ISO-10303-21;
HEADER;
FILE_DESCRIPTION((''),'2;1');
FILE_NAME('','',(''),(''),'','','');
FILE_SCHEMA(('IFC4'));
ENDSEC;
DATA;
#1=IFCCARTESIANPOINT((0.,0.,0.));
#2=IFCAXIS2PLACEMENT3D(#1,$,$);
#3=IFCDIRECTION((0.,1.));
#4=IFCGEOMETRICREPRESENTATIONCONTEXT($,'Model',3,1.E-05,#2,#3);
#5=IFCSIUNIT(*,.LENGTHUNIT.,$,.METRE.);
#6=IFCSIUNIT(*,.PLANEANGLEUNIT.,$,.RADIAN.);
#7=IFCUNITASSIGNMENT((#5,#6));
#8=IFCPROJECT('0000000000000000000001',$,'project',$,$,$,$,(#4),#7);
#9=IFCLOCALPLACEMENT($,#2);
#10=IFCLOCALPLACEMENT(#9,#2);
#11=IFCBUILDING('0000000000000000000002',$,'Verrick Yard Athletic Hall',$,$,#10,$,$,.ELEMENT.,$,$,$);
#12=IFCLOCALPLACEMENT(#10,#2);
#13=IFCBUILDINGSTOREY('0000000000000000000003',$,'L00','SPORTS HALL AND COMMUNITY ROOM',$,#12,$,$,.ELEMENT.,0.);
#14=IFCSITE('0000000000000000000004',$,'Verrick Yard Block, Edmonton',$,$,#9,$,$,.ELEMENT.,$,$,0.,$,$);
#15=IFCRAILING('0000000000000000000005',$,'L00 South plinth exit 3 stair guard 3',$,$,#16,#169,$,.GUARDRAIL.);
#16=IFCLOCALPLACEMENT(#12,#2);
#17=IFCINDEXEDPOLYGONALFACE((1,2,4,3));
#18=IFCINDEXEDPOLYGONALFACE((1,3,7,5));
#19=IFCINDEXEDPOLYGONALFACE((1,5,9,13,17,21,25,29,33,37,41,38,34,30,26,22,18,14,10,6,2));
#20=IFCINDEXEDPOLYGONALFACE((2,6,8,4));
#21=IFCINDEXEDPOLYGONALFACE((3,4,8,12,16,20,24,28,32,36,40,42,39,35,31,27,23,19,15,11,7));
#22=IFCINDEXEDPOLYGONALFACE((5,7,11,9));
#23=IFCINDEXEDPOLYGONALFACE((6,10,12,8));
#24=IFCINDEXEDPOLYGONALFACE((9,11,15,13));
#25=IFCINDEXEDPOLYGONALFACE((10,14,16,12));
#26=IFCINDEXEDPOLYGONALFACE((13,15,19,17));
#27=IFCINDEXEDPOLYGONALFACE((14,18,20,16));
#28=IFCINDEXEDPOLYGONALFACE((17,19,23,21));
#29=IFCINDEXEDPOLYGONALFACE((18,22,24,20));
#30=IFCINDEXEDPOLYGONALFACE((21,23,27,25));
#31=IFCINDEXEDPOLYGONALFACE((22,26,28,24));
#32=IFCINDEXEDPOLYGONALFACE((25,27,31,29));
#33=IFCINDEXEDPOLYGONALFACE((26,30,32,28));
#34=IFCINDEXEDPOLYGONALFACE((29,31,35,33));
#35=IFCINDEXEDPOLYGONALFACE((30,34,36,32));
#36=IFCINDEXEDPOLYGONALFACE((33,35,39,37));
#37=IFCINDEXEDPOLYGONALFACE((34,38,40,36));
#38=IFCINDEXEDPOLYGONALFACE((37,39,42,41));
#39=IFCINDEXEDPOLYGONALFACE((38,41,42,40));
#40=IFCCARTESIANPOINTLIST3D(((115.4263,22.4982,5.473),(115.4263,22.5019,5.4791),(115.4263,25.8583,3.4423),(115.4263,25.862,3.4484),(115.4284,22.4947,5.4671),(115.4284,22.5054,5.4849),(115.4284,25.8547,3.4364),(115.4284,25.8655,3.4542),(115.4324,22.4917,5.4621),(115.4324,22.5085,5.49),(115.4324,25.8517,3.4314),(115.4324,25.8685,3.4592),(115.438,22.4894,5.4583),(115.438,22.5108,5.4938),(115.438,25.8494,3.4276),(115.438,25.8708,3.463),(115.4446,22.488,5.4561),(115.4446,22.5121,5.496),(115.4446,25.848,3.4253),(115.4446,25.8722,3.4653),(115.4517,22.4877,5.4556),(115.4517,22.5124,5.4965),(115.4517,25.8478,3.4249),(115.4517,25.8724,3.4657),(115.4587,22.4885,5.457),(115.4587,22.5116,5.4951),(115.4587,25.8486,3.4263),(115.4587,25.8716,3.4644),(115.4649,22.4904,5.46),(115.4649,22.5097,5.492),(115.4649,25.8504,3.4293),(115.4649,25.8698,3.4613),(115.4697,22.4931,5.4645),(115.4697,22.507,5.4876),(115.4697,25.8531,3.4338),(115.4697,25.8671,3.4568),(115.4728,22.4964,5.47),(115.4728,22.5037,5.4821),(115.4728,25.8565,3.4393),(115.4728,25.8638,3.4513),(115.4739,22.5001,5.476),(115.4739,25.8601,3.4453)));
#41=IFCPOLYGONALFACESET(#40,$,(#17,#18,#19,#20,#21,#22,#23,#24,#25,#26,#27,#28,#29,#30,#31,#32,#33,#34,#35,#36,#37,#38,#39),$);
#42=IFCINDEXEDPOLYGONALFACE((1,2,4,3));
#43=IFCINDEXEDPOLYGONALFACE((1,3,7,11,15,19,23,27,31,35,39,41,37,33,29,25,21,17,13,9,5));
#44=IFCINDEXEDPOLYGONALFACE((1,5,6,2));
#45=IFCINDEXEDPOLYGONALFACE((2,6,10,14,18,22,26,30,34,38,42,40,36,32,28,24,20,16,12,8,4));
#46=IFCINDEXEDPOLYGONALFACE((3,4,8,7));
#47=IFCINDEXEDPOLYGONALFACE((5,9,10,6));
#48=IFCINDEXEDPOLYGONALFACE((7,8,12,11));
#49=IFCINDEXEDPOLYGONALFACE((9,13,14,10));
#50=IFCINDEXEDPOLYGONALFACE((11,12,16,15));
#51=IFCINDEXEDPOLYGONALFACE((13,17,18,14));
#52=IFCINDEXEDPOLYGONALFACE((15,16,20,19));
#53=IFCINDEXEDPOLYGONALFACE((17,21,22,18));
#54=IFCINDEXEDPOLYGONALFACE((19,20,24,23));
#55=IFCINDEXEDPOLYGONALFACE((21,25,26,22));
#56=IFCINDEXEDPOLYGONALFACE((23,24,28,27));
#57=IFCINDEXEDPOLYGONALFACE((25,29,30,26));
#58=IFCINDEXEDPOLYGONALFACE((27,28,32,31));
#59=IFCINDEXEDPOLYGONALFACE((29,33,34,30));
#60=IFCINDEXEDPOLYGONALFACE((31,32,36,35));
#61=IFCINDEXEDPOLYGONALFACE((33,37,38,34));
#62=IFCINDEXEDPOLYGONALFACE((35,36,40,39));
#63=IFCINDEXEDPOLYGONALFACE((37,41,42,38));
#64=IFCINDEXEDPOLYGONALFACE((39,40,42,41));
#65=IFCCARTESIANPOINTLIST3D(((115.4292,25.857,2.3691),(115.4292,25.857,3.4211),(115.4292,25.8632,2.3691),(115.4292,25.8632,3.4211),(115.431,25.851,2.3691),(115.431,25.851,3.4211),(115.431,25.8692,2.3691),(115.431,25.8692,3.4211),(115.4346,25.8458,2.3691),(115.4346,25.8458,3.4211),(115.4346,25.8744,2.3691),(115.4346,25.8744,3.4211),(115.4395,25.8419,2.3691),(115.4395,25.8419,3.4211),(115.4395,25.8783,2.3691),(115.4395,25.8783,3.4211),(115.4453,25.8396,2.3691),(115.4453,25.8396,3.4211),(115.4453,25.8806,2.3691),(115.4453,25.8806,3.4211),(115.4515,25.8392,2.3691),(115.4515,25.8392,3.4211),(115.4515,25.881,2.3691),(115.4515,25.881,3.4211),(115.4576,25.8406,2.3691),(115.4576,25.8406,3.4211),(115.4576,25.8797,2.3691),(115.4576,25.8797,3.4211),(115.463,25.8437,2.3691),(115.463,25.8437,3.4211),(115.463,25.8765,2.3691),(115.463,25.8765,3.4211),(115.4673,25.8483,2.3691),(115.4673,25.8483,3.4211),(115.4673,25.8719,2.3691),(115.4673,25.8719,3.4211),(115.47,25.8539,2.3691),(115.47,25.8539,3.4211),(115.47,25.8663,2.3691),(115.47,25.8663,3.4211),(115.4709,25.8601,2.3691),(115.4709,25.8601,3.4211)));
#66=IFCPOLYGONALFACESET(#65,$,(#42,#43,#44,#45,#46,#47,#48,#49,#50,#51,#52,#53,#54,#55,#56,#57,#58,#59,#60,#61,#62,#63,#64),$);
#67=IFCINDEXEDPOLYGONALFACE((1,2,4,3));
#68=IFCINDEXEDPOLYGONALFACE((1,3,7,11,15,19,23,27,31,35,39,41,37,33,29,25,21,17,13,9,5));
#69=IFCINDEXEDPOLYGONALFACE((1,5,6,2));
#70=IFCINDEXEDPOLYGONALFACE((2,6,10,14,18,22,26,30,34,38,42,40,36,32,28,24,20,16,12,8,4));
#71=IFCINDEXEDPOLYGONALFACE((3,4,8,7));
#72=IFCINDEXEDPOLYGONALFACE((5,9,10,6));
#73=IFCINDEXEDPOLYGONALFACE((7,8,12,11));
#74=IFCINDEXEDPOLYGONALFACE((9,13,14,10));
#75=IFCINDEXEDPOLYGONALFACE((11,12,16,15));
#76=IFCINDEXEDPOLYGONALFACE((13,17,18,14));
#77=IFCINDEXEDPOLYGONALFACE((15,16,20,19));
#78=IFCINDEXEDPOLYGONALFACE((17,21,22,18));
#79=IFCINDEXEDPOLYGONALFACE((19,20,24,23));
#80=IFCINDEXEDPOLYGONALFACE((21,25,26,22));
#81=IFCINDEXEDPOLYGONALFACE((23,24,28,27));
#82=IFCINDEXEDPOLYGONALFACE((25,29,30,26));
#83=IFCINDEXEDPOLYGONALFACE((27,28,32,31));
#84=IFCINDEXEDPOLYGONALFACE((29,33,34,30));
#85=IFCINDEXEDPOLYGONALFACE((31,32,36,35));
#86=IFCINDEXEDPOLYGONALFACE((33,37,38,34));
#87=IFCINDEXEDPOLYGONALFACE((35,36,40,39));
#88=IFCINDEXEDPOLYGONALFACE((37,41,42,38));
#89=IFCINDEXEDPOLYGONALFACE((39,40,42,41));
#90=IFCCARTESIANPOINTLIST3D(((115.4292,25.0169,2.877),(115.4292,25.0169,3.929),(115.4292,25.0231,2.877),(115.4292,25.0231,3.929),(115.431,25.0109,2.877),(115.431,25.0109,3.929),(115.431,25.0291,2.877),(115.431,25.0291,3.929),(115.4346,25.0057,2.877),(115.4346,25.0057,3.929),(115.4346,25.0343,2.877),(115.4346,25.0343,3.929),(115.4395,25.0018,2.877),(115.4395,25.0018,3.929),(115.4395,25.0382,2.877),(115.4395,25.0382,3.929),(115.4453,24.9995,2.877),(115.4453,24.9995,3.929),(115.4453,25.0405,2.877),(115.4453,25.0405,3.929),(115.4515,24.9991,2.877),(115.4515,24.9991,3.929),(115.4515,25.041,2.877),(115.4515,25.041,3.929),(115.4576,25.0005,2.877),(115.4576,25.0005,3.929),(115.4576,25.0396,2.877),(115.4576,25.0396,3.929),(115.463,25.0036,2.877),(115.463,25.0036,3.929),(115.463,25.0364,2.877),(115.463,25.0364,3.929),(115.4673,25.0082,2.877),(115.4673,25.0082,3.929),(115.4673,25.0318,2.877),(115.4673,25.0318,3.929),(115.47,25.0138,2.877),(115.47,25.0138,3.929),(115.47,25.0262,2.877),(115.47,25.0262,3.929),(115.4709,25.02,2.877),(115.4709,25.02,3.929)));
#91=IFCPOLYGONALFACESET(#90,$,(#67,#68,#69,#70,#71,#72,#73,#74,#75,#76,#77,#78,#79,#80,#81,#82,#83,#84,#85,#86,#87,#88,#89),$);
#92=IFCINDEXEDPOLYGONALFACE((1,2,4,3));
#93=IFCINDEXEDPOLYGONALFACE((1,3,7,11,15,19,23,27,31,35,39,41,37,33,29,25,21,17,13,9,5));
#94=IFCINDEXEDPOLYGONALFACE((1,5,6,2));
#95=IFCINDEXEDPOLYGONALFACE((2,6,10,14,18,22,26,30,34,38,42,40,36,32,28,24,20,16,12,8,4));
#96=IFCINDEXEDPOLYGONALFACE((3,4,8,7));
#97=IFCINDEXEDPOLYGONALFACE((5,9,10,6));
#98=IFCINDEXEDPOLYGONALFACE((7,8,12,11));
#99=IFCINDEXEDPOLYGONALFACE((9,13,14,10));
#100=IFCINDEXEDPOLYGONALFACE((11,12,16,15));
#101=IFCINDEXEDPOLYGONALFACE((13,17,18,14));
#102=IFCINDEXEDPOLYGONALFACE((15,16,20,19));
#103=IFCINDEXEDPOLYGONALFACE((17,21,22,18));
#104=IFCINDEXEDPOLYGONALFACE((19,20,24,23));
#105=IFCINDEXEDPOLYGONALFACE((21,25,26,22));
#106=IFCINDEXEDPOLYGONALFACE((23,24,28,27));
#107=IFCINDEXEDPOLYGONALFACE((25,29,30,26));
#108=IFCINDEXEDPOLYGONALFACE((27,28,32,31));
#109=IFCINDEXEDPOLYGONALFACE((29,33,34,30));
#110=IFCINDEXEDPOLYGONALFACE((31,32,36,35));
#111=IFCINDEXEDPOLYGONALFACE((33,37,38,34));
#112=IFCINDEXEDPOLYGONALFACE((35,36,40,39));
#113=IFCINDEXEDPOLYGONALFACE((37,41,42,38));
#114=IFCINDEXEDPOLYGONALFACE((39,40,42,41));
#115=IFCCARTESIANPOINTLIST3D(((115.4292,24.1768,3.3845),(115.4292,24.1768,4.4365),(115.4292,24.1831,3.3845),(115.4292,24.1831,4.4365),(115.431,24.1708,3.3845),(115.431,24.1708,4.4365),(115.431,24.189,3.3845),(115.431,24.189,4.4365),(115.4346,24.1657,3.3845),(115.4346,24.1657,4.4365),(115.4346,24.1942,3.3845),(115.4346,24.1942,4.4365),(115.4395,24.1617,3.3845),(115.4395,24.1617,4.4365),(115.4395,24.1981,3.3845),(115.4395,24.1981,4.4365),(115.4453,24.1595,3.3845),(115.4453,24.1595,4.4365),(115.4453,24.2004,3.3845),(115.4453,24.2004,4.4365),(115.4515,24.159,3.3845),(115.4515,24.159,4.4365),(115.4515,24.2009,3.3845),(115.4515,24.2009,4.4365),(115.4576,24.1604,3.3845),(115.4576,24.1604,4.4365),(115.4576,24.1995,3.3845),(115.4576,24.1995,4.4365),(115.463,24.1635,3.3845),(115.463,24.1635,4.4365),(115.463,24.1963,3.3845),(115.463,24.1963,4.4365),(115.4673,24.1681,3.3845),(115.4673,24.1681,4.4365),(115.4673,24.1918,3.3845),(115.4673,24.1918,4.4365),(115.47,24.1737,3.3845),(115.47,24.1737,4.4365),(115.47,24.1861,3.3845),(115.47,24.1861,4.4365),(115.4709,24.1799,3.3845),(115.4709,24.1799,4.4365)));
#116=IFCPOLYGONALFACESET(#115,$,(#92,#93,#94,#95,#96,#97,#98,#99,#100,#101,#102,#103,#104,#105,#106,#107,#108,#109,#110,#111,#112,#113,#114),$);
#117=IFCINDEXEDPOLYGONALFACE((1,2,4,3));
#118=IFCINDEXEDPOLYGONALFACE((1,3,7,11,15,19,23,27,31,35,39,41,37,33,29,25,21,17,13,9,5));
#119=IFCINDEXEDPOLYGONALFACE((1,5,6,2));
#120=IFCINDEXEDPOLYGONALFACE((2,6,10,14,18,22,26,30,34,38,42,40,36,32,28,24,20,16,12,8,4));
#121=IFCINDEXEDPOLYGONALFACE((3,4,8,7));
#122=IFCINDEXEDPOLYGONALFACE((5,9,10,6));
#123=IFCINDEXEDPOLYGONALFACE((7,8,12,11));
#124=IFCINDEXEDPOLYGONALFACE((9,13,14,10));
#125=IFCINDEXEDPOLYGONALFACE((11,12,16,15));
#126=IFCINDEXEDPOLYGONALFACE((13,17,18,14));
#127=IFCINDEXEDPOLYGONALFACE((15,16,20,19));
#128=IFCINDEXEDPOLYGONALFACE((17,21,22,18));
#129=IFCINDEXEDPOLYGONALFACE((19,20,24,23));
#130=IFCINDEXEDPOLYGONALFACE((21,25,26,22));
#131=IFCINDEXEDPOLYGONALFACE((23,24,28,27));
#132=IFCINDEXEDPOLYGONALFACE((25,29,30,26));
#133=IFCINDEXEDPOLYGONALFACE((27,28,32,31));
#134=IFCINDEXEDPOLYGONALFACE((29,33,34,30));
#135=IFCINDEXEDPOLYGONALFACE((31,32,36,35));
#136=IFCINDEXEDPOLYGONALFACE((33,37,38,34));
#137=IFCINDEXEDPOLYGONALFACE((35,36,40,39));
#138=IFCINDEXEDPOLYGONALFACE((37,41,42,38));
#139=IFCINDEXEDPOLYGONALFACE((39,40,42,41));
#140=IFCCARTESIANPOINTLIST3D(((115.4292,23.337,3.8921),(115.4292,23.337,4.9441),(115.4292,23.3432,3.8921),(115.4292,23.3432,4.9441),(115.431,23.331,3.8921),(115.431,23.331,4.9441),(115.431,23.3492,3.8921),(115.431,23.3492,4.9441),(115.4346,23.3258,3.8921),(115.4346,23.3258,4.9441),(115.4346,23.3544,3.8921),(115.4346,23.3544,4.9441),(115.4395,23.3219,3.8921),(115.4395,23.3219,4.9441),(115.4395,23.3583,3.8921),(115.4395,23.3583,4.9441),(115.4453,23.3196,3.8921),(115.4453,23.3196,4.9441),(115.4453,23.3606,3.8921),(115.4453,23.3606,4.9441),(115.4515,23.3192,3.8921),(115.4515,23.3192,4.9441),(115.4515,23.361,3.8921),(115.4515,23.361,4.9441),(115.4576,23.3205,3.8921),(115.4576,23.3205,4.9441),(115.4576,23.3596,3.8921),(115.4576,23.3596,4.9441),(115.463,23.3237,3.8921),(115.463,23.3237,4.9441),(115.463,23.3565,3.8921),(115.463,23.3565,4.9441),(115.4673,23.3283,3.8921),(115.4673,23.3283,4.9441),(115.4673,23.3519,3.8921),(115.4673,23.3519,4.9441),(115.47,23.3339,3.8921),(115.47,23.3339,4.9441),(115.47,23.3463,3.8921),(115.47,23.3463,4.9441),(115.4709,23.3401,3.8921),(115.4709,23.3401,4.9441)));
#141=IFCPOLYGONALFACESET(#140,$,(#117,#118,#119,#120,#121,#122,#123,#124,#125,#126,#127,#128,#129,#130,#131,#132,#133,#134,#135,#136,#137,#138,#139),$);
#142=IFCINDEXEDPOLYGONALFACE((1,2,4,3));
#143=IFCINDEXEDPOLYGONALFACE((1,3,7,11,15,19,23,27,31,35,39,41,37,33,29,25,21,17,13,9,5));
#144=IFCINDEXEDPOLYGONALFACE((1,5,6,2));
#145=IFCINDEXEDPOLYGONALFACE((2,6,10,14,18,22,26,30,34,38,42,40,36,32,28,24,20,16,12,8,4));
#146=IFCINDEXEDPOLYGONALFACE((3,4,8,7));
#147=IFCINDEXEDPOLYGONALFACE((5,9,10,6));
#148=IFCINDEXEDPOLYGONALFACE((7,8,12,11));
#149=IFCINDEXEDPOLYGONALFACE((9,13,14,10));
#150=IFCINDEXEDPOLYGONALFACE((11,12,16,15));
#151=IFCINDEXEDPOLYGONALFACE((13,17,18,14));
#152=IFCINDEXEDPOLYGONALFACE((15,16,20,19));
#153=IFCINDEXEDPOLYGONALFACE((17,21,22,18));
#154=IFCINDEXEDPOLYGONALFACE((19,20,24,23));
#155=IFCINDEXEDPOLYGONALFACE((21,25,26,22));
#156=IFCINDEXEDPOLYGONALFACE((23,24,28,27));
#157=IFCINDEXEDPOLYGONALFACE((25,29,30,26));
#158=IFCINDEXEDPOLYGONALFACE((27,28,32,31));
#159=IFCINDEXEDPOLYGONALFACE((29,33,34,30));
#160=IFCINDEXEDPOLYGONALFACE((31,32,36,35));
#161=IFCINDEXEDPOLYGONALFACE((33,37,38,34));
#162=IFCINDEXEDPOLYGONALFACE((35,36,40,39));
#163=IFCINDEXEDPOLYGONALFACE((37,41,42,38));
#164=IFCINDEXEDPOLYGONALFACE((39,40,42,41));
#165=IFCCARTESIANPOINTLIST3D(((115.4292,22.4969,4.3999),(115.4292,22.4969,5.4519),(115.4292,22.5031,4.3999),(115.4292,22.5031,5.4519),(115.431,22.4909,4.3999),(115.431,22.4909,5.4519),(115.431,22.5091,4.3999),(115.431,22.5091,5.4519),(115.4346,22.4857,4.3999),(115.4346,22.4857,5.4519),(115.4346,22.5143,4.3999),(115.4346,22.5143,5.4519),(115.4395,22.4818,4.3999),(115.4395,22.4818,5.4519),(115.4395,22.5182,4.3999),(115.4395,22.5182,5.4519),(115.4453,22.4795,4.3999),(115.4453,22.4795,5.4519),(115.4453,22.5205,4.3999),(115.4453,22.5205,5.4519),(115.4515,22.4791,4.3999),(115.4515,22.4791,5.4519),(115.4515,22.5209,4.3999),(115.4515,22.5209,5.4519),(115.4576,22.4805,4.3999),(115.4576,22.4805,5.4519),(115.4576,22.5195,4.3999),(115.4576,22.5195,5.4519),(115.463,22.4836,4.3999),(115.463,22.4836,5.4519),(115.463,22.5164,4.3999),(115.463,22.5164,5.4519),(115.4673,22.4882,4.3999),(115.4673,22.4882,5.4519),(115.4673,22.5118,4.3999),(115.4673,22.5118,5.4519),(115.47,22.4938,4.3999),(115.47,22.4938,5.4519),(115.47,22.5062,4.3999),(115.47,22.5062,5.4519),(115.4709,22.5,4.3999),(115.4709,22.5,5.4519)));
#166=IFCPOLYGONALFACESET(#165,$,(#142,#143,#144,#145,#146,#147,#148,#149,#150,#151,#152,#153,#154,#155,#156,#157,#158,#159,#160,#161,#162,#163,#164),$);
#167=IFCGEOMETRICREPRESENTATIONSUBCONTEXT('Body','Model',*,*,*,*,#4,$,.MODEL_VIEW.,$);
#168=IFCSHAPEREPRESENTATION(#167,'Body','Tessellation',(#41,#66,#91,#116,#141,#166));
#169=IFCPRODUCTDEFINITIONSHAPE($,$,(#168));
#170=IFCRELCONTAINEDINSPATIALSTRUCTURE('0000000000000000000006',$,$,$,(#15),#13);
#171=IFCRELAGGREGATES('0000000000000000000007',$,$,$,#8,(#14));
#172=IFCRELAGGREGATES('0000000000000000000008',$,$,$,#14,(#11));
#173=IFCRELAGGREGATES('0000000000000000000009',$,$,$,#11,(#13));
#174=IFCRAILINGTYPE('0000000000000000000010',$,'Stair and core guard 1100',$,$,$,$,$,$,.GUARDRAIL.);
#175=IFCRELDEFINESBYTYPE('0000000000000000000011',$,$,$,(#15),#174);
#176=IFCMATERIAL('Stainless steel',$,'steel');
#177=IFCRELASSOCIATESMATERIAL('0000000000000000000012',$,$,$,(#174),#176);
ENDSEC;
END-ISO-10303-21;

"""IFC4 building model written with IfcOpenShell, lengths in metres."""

from ifc_helpers import new_model, si_unit, direction, frame, origin, origin_2d, place, context, subcontext, project, spatial, circle, extrude, material, type_object, element, save


model = new_model("IFC4")

# Units and contexts
model_context = context("Model", 3, precision=1e-05, world=origin(), true_north=direction((0.0, 1.0)))
body_context = subcontext(model_context, "Body", "Model", "MODEL_VIEW")
ifc_project = project(units=[si_unit("LENGTHUNIT", "METRE"), si_unit("PLANEANGLEUNIT", "RADIAN")], contexts=[model_context])

# Site, building, storey
site_placement = place(None, origin())
site = spatial("IfcSite", under=ifc_project, at=site_placement, Name="Verrick Yard Block, Edmonton", CompositionType="ELEMENT", RefElevation=0.0)
building_placement = place(site_placement, origin())
building = spatial("IfcBuilding", under=site, at=building_placement, Name="Verrick Yard Athletic Hall", CompositionType="ELEMENT")
storey_placement = place(building_placement, origin())
storey = spatial("IfcBuildingStorey", under=building, at=storey_placement, Name="L00", Description="SPORTS HALL AND COMMUNITY ROOM", CompositionType="ELEMENT", Elevation=0.0)

# Railing
ifc_material_1 = material(Name="Stainless steel", Category="steel")
railing_type_1 = type_object("IfcRailingType", Name="Stair and core guard 1100", PredefinedType="GUARDRAIL", material=ifc_material_1)
railing_1_placement = place(storey_placement, frame((115.45, 25.8601, 2.3691)))
element("IfcRailing", 1, at=railing_1_placement, inside=storey, type_object=railing_type_1, Name="L00 South plinth exit 3 stair guard 3", PredefinedType="GUARDRAIL", context=body_context, shape_type="SweptSolid", body=[
    extrude(circle(Radius=0.0239, at=origin_2d()), frame((0.0, 0.0, 1.0762), z_axis=(0.0, -0.855837, 0.517246), x_axis=(1.0, 0.0, 0.0)), (0.0, 0.0, 1.0), 3.926),
    extrude(circle(Radius=0.021, at=origin_2d()), origin(), (0.0, 0.0, 1.0), 1.052),
    extrude(circle(Radius=0.021, at=origin_2d()), frame((0.0, -0.8401, 0.5078)), (0.0, 0.0, 1.0), 1.052),
    extrude(circle(Radius=0.021, at=origin_2d()), frame((0.0, -1.6802, 1.0154)), (0.0, 0.0, 1.0), 1.052),
    extrude(circle(Radius=0.021, at=origin_2d()), frame((0.0, -2.52, 1.5229)), (0.0, 0.0, 1.0), 1.052),
    extrude(circle(Radius=0.021, at=origin_2d()), frame((0.0, -3.3601, 2.0308)), (0.0, 0.0, 1.0), 1.052),
])

save(model, "model.ifc")
